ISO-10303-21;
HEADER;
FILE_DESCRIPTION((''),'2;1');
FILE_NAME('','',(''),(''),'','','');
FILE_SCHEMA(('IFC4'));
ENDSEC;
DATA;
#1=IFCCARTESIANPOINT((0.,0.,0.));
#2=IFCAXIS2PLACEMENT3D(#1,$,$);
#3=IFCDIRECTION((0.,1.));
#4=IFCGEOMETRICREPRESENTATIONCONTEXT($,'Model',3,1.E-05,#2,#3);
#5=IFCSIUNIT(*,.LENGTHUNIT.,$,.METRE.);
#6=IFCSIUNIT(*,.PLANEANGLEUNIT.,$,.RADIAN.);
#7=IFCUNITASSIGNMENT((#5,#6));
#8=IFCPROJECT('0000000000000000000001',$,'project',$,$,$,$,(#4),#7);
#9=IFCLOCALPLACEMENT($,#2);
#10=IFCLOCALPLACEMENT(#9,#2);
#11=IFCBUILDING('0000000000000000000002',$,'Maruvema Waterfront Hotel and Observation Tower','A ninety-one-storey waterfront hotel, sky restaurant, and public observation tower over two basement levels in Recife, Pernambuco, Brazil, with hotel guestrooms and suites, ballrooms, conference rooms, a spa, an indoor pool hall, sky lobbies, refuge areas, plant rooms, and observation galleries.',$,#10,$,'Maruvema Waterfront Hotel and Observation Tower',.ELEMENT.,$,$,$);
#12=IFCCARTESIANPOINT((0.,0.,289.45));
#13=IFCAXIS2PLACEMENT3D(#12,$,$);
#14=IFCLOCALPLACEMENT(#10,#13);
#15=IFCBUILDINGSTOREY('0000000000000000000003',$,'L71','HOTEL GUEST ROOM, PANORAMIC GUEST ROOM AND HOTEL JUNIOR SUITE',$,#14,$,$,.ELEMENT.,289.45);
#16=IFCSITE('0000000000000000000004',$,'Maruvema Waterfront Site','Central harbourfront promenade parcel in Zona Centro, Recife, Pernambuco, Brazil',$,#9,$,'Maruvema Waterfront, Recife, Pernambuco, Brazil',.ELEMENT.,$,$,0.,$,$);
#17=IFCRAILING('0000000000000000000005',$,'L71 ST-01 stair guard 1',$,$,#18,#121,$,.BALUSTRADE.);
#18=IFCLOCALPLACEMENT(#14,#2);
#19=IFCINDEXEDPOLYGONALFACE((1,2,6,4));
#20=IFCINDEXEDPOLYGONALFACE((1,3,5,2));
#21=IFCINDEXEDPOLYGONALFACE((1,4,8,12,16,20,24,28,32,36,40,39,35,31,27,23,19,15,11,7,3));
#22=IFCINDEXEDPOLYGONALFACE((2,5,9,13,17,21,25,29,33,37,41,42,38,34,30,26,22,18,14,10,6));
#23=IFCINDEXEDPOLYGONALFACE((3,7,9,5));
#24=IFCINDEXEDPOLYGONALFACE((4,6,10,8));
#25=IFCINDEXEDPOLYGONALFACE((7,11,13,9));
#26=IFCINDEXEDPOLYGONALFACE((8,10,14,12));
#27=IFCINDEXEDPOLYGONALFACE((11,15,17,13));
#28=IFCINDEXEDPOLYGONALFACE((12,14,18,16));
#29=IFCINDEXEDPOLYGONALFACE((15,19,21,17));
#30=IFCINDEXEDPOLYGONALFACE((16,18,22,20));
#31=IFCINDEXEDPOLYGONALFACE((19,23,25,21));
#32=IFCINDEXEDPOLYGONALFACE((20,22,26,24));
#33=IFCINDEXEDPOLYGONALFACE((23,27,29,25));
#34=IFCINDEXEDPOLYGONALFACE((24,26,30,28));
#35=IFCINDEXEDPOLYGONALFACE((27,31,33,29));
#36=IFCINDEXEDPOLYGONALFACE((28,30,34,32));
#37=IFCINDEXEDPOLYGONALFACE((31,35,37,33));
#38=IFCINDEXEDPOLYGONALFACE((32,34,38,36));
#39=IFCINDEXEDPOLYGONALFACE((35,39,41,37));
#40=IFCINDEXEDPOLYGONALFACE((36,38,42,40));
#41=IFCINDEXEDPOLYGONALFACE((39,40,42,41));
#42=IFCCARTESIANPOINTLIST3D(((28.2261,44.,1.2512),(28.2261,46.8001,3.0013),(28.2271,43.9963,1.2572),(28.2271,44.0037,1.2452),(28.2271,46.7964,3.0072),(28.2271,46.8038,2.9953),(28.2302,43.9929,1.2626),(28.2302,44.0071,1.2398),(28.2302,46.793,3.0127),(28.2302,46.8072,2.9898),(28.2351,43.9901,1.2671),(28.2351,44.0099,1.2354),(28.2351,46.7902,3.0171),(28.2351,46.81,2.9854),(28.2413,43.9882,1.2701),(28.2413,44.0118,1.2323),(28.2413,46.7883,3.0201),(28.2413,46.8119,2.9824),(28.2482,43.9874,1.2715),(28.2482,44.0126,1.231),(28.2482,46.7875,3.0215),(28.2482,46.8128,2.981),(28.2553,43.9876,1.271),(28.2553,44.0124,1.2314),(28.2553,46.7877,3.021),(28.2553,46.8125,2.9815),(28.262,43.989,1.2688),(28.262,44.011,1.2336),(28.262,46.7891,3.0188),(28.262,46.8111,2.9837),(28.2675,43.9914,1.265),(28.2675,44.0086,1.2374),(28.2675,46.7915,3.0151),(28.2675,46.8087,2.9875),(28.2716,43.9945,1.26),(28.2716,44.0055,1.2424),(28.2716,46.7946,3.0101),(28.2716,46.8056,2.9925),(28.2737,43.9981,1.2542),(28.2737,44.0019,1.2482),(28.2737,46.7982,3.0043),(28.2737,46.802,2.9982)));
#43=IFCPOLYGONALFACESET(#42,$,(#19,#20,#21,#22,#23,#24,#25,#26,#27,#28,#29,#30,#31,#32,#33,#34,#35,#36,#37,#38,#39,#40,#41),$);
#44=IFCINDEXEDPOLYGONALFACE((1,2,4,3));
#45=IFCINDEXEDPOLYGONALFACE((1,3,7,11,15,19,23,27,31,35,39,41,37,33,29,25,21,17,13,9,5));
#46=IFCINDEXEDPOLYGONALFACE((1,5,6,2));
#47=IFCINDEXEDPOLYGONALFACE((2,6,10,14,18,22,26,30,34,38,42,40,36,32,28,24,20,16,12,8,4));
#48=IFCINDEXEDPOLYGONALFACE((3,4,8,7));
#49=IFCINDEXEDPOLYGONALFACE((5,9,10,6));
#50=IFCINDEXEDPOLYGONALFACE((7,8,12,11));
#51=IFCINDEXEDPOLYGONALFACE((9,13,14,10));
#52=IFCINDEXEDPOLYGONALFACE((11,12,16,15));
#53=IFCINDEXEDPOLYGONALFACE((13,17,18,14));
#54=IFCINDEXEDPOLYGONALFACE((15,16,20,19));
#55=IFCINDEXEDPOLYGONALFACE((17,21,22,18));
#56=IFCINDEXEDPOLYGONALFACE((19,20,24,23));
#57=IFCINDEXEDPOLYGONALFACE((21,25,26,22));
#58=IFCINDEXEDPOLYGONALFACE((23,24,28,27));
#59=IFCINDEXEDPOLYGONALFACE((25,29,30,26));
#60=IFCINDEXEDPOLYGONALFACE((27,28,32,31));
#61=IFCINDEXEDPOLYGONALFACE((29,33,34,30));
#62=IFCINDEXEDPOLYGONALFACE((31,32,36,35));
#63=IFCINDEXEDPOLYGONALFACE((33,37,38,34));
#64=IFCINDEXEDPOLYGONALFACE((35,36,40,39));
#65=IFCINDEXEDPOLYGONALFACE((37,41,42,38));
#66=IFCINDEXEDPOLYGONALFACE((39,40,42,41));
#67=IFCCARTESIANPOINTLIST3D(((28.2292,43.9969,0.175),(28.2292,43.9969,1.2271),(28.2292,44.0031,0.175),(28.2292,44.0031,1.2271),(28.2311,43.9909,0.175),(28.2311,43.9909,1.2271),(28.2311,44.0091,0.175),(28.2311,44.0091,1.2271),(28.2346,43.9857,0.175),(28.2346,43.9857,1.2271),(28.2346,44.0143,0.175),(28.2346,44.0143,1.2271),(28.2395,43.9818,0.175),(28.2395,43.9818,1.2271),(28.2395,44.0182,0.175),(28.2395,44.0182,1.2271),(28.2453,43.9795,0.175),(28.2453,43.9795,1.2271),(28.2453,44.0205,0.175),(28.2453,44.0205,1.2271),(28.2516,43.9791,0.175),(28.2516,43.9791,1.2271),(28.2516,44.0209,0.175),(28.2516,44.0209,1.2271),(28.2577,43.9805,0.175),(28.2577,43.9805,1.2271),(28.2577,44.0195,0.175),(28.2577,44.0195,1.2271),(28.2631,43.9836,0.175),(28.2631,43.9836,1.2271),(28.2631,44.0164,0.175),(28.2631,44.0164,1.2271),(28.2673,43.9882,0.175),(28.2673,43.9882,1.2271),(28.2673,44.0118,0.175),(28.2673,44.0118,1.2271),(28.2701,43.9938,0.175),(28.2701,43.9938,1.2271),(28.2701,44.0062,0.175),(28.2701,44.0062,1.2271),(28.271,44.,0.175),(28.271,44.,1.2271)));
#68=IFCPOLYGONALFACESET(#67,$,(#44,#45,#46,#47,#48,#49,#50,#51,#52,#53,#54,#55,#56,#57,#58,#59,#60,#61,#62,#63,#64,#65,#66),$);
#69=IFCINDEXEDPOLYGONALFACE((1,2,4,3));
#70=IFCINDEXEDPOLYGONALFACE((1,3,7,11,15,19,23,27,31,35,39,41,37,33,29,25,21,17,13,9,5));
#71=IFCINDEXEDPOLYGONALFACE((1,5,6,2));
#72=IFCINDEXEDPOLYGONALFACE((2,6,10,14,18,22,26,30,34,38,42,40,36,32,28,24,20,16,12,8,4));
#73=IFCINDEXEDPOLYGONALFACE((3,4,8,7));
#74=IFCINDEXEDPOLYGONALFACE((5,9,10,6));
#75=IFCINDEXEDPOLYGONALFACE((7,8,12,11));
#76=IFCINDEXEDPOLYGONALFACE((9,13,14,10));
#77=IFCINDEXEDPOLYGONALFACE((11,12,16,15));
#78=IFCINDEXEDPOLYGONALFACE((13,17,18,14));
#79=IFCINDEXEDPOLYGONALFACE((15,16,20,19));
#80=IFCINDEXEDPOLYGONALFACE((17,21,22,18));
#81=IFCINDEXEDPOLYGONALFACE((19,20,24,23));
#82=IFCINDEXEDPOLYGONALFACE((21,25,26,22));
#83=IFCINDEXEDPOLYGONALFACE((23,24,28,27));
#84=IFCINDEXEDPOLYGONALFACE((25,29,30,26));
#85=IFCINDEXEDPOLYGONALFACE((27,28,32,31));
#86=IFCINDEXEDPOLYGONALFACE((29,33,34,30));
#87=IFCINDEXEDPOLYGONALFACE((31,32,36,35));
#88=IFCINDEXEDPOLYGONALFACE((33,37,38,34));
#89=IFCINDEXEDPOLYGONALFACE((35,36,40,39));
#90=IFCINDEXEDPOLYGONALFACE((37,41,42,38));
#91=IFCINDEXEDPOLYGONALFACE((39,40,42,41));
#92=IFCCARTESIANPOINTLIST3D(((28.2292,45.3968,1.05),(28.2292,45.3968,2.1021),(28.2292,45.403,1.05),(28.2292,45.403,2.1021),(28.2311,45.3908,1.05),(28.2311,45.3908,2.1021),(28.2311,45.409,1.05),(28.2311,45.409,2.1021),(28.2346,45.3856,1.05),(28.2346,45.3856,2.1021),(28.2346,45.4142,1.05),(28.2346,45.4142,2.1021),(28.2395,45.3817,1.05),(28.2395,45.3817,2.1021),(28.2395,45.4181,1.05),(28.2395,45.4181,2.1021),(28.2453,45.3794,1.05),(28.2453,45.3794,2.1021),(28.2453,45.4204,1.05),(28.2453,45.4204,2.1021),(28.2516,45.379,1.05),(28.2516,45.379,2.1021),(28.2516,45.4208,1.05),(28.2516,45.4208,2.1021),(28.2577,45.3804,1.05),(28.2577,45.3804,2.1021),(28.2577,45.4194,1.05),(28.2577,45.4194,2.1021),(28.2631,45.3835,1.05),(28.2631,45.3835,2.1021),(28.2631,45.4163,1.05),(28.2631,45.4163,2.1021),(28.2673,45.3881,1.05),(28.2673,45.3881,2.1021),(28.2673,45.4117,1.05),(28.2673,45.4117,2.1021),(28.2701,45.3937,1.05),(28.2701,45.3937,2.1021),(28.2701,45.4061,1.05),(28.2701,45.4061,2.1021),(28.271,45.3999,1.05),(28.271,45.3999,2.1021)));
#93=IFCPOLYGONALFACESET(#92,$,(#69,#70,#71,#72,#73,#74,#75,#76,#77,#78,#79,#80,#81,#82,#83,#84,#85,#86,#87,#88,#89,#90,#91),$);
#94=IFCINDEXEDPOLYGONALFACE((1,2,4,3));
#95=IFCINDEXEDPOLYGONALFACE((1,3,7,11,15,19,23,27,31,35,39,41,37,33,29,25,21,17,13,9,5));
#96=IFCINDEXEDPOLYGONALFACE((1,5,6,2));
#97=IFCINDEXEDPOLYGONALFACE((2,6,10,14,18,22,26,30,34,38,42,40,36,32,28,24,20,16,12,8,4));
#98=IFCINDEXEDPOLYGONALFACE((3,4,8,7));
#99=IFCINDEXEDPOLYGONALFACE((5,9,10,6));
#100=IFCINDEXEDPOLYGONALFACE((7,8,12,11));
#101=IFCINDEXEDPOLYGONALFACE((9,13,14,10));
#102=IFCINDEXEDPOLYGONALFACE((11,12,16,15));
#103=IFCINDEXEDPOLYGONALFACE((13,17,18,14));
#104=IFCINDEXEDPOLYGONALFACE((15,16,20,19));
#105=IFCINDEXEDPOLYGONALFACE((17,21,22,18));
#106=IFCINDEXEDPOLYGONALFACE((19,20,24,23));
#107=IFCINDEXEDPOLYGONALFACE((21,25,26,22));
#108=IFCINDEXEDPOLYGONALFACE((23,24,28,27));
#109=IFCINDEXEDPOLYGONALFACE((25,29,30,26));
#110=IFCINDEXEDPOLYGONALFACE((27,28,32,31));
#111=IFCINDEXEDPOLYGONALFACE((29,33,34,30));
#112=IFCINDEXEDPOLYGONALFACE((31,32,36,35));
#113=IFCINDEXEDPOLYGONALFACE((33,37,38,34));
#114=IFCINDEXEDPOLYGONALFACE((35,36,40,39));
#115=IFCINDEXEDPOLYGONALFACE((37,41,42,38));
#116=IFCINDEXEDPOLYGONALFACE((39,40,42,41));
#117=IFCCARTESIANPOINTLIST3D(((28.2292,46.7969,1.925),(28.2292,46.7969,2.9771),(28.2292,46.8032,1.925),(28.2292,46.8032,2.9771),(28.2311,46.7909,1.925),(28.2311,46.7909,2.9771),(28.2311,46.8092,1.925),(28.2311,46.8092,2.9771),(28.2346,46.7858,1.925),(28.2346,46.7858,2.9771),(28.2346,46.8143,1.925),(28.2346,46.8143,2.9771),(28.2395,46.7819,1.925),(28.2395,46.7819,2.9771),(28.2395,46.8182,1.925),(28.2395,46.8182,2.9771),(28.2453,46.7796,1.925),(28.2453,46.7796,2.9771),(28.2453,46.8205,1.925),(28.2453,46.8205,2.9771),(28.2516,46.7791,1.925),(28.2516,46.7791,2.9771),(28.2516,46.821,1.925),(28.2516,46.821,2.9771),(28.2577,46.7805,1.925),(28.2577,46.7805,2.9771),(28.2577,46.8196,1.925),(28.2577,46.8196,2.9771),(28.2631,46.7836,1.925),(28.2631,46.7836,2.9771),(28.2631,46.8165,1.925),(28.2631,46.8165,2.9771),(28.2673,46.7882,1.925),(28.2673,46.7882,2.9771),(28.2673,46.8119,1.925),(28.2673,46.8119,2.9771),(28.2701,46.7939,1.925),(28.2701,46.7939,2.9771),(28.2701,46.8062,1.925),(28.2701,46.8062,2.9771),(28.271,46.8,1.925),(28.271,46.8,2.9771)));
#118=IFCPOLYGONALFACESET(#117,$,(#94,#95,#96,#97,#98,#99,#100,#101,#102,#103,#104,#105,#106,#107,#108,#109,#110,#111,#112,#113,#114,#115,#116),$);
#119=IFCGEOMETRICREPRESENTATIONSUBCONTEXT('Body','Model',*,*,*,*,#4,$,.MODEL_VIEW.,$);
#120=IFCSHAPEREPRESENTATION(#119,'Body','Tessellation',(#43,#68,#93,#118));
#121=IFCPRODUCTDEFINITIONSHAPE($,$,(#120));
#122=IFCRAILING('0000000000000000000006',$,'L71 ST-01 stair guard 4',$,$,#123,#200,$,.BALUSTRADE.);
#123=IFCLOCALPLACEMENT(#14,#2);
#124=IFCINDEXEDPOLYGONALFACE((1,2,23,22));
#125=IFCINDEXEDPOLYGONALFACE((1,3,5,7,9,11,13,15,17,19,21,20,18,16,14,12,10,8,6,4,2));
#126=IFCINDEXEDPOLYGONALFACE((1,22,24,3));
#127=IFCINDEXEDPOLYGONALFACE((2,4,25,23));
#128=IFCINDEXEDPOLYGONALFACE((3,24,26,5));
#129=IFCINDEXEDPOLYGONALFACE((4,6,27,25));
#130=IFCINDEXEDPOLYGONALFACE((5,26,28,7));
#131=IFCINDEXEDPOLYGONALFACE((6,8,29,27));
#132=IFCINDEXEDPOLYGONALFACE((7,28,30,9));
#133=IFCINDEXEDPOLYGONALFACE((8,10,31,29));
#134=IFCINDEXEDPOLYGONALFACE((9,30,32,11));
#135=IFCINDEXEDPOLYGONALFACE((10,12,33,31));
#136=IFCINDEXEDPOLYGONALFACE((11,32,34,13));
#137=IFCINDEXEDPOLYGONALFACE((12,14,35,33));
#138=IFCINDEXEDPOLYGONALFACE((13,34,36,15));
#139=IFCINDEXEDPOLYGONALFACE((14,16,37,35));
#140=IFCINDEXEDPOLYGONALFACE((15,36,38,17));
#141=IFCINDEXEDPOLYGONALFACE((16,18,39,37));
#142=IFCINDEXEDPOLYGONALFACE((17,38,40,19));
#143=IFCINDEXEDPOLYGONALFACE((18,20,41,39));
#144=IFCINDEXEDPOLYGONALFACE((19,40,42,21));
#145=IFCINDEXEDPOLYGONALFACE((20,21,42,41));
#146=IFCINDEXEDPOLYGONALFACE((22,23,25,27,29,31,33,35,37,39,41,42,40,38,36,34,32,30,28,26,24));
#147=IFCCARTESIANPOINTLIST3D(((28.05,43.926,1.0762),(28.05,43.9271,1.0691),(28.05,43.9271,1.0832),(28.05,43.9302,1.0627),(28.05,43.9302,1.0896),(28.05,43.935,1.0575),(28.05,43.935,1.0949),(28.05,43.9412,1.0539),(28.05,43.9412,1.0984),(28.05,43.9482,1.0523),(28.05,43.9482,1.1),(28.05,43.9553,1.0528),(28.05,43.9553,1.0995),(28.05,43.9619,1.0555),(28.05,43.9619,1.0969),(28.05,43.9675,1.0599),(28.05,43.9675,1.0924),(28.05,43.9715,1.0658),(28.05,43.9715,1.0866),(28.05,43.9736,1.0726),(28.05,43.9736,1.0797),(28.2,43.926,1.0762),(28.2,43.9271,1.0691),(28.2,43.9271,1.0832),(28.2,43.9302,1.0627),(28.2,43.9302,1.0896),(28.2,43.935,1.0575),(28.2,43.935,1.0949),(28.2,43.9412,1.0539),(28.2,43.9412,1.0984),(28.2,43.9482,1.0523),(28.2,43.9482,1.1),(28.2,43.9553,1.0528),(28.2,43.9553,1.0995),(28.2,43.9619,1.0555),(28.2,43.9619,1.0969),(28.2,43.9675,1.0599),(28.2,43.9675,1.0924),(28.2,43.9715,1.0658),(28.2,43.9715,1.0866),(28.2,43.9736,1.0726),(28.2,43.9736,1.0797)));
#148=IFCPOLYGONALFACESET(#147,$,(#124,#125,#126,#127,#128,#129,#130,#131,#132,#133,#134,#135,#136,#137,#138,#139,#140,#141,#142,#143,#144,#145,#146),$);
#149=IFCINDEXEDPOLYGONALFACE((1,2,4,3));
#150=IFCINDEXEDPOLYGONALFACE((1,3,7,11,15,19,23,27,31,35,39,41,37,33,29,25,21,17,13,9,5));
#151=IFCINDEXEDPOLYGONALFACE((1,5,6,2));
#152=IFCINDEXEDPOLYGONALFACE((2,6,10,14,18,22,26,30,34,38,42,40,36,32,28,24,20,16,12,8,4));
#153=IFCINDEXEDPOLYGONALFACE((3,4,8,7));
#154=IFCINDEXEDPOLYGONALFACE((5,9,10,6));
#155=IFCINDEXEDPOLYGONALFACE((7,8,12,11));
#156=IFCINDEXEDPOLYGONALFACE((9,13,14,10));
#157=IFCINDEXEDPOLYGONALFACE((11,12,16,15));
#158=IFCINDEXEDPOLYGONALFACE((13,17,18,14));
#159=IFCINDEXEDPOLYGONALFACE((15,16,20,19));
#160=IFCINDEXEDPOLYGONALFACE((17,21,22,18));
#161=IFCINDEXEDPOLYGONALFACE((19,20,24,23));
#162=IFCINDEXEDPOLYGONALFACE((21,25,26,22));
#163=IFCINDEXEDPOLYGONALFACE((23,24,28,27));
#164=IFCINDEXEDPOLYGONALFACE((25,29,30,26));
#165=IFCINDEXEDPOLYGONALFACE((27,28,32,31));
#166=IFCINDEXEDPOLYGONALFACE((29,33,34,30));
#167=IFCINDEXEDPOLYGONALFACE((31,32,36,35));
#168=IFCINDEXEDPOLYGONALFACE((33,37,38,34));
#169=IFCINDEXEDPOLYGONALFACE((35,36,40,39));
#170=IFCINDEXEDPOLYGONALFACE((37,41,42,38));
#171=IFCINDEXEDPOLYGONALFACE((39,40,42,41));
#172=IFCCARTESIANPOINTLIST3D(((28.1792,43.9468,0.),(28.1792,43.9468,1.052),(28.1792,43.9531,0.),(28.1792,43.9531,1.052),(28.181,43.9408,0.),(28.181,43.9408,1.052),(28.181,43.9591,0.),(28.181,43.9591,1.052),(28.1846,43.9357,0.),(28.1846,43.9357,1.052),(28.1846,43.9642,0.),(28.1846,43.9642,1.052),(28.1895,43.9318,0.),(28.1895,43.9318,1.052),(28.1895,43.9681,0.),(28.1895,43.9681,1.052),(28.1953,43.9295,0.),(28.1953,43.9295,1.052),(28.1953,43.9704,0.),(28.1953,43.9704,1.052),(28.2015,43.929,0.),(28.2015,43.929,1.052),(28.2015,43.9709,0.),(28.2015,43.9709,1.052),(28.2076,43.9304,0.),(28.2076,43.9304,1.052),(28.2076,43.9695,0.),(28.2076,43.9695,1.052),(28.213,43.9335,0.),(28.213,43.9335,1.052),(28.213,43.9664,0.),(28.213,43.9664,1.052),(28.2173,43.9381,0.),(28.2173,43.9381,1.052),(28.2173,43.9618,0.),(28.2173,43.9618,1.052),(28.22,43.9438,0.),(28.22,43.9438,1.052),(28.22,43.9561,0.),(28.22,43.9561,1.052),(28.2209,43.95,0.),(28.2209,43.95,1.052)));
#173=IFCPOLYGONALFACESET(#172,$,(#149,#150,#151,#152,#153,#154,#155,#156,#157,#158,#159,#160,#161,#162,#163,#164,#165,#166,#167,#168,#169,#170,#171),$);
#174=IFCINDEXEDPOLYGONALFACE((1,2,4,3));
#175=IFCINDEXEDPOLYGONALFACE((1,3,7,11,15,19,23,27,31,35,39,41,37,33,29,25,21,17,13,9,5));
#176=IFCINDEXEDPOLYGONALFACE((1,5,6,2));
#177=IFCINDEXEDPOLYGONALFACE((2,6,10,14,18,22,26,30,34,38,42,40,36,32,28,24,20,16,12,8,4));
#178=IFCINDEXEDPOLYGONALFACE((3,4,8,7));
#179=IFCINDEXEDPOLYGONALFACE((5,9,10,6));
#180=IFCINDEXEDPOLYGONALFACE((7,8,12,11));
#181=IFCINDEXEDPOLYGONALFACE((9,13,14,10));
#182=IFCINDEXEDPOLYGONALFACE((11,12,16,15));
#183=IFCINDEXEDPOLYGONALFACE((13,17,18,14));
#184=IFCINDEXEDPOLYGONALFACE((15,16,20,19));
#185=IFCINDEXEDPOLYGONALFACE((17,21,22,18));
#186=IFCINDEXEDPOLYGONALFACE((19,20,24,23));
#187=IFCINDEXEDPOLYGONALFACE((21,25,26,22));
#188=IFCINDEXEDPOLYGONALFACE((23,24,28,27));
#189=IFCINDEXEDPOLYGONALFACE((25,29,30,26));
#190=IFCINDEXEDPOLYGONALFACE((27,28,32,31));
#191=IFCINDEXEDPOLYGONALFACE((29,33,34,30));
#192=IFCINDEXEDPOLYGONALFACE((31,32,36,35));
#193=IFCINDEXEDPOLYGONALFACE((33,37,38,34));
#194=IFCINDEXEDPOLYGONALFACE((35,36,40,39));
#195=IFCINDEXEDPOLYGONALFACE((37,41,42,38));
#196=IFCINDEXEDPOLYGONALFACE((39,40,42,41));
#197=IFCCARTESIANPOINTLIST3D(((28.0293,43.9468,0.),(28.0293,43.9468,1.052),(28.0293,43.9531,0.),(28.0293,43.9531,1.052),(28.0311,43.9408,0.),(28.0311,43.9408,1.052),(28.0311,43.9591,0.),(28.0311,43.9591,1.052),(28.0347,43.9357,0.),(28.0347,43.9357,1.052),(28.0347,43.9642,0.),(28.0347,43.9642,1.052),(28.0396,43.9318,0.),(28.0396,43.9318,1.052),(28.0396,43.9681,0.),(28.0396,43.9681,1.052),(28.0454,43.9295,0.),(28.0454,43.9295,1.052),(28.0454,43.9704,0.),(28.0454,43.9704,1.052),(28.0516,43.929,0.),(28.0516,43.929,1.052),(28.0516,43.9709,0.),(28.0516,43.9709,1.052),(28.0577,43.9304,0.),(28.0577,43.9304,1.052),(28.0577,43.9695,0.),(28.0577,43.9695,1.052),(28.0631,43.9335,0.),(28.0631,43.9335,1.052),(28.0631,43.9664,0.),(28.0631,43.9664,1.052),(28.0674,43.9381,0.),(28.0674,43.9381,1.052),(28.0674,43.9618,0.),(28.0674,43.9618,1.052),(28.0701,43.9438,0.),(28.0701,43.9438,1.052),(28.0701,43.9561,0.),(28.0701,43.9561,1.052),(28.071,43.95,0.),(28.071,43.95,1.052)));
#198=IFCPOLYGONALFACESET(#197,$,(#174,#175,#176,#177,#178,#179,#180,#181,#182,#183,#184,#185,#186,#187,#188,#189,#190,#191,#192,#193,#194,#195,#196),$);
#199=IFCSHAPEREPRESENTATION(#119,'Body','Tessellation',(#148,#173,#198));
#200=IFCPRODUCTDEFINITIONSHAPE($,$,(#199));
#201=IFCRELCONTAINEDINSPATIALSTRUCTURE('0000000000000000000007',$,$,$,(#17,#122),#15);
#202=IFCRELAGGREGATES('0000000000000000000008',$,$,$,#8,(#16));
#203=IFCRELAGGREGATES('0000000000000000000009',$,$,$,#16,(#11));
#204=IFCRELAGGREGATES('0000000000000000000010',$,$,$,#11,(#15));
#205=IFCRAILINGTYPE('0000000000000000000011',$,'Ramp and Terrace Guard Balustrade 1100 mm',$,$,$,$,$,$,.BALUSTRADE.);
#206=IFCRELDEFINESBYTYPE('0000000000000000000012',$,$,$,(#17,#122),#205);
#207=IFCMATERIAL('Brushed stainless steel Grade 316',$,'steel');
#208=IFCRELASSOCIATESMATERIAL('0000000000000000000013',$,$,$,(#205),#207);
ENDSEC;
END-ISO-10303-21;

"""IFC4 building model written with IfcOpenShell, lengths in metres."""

from ifc_helpers import new_model, si_unit, direction, frame, origin, origin_2d, place, context, subcontext, project, spatial, circle, extrude, material, type_object, element, save


model = new_model("IFC4")

# Units and contexts
model_context = context("Model", 3, precision=1e-05, world=origin(), true_north=direction((0.0, 1.0)))
body_context = subcontext(model_context, "Body", "Model", "MODEL_VIEW")
ifc_project = project(units=[si_unit("LENGTHUNIT", "METRE"), si_unit("PLANEANGLEUNIT", "RADIAN")], contexts=[model_context])

# Site, building, storey
site_placement = place(None, origin())
site = spatial("IfcSite", under=ifc_project, at=site_placement, Name="Maruvema Waterfront Site", Description="Central harbourfront promenade parcel in Zona Centro, Recife, Pernambuco, Brazil", LongName="Maruvema Waterfront, Recife, Pernambuco, Brazil", CompositionType="ELEMENT", RefElevation=0.0)
building_placement = place(site_placement, origin())
building = spatial("IfcBuilding", under=site, at=building_placement, Name="Maruvema Waterfront Hotel and Observation Tower", Description="A ninety-one-storey waterfront hotel, sky restaurant, and public observation tower over two basement levels in Recife, Pernambuco, Brazil, with hotel guestrooms and suites, ballrooms, conference rooms, a spa, an indoor pool hall, sky lobbies, refuge areas, plant rooms, and observation galleries.", LongName="Maruvema Waterfront Hotel and Observation Tower", CompositionType="ELEMENT")
storey_placement = place(building_placement, frame((0.0, 0.0, 289.45)))
storey = spatial("IfcBuildingStorey", under=building, at=storey_placement, Name="L71", Description="HOTEL GUEST ROOM, PANORAMIC GUEST ROOM AND HOTEL JUNIOR SUITE", CompositionType="ELEMENT", Elevation=289.45)

# Railings
ifc_material_1 = material(Name="Brushed stainless steel Grade 316", Category="steel")
railing_type_1 = type_object("IfcRailingType", Name="Ramp and Terrace Guard Balustrade 1100 mm", PredefinedType="BALUSTRADE", material=ifc_material_1)
railing_1_placement = place(storey_placement, frame((28.25, 44.0, 0.175)))
element("IfcRailing", 1, at=railing_1_placement, inside=storey, type_object=railing_type_1, Name="L71 ST-01 stair guard 1", PredefinedType="BALUSTRADE", context=body_context, shape_type="SweptSolid", body=[
    extrude(circle(Radius=0.0239, at=origin_2d()), frame((0.0, 0.0, 1.0762), z_axis=(0.0, 0.848002, 0.529992), x_axis=(-1.0, 0.0, 0.0)), (0.0, 0.0, 1.0), 3.302),
    extrude(circle(Radius=0.021, at=origin_2d()), origin(), (0.0, 0.0, 1.0), 1.052),
    extrude(circle(Radius=0.021, at=origin_2d()), frame((0.0, 1.3999, 0.875)), (0.0, 0.0, 1.0), 1.052),
    extrude(circle(Radius=0.021, at=origin_2d()), frame((0.0, 2.8, 1.75)), (0.0, 0.0, 1.0), 1.052),
])
railing_2_placement = place(storey_placement, frame((28.2, 43.95, 0.0)))
element("IfcRailing", 2, at=railing_2_placement, inside=storey, type_object=railing_type_1, Name="L71 ST-01 stair guard 4", PredefinedType="BALUSTRADE", context=body_context, shape_type="SweptSolid", body=[
    extrude(circle(Radius=0.0239, at=origin_2d()), frame((0.0, 0.0, 1.0762), z_axis=(-1.0, 0.0, 0.0), x_axis=(0.0, -1.0, 0.0)), (0.0, 0.0, 1.0), 0.1499),
    extrude(circle(Radius=0.021, at=origin_2d()), origin(), (0.0, 0.0, 1.0), 1.052),
    extrude(circle(Radius=0.021, at=origin_2d()), frame((-0.1499, 0.0, 0.0)), (0.0, 0.0, 1.0), 1.052),
])

save(model, "model.ifc")
